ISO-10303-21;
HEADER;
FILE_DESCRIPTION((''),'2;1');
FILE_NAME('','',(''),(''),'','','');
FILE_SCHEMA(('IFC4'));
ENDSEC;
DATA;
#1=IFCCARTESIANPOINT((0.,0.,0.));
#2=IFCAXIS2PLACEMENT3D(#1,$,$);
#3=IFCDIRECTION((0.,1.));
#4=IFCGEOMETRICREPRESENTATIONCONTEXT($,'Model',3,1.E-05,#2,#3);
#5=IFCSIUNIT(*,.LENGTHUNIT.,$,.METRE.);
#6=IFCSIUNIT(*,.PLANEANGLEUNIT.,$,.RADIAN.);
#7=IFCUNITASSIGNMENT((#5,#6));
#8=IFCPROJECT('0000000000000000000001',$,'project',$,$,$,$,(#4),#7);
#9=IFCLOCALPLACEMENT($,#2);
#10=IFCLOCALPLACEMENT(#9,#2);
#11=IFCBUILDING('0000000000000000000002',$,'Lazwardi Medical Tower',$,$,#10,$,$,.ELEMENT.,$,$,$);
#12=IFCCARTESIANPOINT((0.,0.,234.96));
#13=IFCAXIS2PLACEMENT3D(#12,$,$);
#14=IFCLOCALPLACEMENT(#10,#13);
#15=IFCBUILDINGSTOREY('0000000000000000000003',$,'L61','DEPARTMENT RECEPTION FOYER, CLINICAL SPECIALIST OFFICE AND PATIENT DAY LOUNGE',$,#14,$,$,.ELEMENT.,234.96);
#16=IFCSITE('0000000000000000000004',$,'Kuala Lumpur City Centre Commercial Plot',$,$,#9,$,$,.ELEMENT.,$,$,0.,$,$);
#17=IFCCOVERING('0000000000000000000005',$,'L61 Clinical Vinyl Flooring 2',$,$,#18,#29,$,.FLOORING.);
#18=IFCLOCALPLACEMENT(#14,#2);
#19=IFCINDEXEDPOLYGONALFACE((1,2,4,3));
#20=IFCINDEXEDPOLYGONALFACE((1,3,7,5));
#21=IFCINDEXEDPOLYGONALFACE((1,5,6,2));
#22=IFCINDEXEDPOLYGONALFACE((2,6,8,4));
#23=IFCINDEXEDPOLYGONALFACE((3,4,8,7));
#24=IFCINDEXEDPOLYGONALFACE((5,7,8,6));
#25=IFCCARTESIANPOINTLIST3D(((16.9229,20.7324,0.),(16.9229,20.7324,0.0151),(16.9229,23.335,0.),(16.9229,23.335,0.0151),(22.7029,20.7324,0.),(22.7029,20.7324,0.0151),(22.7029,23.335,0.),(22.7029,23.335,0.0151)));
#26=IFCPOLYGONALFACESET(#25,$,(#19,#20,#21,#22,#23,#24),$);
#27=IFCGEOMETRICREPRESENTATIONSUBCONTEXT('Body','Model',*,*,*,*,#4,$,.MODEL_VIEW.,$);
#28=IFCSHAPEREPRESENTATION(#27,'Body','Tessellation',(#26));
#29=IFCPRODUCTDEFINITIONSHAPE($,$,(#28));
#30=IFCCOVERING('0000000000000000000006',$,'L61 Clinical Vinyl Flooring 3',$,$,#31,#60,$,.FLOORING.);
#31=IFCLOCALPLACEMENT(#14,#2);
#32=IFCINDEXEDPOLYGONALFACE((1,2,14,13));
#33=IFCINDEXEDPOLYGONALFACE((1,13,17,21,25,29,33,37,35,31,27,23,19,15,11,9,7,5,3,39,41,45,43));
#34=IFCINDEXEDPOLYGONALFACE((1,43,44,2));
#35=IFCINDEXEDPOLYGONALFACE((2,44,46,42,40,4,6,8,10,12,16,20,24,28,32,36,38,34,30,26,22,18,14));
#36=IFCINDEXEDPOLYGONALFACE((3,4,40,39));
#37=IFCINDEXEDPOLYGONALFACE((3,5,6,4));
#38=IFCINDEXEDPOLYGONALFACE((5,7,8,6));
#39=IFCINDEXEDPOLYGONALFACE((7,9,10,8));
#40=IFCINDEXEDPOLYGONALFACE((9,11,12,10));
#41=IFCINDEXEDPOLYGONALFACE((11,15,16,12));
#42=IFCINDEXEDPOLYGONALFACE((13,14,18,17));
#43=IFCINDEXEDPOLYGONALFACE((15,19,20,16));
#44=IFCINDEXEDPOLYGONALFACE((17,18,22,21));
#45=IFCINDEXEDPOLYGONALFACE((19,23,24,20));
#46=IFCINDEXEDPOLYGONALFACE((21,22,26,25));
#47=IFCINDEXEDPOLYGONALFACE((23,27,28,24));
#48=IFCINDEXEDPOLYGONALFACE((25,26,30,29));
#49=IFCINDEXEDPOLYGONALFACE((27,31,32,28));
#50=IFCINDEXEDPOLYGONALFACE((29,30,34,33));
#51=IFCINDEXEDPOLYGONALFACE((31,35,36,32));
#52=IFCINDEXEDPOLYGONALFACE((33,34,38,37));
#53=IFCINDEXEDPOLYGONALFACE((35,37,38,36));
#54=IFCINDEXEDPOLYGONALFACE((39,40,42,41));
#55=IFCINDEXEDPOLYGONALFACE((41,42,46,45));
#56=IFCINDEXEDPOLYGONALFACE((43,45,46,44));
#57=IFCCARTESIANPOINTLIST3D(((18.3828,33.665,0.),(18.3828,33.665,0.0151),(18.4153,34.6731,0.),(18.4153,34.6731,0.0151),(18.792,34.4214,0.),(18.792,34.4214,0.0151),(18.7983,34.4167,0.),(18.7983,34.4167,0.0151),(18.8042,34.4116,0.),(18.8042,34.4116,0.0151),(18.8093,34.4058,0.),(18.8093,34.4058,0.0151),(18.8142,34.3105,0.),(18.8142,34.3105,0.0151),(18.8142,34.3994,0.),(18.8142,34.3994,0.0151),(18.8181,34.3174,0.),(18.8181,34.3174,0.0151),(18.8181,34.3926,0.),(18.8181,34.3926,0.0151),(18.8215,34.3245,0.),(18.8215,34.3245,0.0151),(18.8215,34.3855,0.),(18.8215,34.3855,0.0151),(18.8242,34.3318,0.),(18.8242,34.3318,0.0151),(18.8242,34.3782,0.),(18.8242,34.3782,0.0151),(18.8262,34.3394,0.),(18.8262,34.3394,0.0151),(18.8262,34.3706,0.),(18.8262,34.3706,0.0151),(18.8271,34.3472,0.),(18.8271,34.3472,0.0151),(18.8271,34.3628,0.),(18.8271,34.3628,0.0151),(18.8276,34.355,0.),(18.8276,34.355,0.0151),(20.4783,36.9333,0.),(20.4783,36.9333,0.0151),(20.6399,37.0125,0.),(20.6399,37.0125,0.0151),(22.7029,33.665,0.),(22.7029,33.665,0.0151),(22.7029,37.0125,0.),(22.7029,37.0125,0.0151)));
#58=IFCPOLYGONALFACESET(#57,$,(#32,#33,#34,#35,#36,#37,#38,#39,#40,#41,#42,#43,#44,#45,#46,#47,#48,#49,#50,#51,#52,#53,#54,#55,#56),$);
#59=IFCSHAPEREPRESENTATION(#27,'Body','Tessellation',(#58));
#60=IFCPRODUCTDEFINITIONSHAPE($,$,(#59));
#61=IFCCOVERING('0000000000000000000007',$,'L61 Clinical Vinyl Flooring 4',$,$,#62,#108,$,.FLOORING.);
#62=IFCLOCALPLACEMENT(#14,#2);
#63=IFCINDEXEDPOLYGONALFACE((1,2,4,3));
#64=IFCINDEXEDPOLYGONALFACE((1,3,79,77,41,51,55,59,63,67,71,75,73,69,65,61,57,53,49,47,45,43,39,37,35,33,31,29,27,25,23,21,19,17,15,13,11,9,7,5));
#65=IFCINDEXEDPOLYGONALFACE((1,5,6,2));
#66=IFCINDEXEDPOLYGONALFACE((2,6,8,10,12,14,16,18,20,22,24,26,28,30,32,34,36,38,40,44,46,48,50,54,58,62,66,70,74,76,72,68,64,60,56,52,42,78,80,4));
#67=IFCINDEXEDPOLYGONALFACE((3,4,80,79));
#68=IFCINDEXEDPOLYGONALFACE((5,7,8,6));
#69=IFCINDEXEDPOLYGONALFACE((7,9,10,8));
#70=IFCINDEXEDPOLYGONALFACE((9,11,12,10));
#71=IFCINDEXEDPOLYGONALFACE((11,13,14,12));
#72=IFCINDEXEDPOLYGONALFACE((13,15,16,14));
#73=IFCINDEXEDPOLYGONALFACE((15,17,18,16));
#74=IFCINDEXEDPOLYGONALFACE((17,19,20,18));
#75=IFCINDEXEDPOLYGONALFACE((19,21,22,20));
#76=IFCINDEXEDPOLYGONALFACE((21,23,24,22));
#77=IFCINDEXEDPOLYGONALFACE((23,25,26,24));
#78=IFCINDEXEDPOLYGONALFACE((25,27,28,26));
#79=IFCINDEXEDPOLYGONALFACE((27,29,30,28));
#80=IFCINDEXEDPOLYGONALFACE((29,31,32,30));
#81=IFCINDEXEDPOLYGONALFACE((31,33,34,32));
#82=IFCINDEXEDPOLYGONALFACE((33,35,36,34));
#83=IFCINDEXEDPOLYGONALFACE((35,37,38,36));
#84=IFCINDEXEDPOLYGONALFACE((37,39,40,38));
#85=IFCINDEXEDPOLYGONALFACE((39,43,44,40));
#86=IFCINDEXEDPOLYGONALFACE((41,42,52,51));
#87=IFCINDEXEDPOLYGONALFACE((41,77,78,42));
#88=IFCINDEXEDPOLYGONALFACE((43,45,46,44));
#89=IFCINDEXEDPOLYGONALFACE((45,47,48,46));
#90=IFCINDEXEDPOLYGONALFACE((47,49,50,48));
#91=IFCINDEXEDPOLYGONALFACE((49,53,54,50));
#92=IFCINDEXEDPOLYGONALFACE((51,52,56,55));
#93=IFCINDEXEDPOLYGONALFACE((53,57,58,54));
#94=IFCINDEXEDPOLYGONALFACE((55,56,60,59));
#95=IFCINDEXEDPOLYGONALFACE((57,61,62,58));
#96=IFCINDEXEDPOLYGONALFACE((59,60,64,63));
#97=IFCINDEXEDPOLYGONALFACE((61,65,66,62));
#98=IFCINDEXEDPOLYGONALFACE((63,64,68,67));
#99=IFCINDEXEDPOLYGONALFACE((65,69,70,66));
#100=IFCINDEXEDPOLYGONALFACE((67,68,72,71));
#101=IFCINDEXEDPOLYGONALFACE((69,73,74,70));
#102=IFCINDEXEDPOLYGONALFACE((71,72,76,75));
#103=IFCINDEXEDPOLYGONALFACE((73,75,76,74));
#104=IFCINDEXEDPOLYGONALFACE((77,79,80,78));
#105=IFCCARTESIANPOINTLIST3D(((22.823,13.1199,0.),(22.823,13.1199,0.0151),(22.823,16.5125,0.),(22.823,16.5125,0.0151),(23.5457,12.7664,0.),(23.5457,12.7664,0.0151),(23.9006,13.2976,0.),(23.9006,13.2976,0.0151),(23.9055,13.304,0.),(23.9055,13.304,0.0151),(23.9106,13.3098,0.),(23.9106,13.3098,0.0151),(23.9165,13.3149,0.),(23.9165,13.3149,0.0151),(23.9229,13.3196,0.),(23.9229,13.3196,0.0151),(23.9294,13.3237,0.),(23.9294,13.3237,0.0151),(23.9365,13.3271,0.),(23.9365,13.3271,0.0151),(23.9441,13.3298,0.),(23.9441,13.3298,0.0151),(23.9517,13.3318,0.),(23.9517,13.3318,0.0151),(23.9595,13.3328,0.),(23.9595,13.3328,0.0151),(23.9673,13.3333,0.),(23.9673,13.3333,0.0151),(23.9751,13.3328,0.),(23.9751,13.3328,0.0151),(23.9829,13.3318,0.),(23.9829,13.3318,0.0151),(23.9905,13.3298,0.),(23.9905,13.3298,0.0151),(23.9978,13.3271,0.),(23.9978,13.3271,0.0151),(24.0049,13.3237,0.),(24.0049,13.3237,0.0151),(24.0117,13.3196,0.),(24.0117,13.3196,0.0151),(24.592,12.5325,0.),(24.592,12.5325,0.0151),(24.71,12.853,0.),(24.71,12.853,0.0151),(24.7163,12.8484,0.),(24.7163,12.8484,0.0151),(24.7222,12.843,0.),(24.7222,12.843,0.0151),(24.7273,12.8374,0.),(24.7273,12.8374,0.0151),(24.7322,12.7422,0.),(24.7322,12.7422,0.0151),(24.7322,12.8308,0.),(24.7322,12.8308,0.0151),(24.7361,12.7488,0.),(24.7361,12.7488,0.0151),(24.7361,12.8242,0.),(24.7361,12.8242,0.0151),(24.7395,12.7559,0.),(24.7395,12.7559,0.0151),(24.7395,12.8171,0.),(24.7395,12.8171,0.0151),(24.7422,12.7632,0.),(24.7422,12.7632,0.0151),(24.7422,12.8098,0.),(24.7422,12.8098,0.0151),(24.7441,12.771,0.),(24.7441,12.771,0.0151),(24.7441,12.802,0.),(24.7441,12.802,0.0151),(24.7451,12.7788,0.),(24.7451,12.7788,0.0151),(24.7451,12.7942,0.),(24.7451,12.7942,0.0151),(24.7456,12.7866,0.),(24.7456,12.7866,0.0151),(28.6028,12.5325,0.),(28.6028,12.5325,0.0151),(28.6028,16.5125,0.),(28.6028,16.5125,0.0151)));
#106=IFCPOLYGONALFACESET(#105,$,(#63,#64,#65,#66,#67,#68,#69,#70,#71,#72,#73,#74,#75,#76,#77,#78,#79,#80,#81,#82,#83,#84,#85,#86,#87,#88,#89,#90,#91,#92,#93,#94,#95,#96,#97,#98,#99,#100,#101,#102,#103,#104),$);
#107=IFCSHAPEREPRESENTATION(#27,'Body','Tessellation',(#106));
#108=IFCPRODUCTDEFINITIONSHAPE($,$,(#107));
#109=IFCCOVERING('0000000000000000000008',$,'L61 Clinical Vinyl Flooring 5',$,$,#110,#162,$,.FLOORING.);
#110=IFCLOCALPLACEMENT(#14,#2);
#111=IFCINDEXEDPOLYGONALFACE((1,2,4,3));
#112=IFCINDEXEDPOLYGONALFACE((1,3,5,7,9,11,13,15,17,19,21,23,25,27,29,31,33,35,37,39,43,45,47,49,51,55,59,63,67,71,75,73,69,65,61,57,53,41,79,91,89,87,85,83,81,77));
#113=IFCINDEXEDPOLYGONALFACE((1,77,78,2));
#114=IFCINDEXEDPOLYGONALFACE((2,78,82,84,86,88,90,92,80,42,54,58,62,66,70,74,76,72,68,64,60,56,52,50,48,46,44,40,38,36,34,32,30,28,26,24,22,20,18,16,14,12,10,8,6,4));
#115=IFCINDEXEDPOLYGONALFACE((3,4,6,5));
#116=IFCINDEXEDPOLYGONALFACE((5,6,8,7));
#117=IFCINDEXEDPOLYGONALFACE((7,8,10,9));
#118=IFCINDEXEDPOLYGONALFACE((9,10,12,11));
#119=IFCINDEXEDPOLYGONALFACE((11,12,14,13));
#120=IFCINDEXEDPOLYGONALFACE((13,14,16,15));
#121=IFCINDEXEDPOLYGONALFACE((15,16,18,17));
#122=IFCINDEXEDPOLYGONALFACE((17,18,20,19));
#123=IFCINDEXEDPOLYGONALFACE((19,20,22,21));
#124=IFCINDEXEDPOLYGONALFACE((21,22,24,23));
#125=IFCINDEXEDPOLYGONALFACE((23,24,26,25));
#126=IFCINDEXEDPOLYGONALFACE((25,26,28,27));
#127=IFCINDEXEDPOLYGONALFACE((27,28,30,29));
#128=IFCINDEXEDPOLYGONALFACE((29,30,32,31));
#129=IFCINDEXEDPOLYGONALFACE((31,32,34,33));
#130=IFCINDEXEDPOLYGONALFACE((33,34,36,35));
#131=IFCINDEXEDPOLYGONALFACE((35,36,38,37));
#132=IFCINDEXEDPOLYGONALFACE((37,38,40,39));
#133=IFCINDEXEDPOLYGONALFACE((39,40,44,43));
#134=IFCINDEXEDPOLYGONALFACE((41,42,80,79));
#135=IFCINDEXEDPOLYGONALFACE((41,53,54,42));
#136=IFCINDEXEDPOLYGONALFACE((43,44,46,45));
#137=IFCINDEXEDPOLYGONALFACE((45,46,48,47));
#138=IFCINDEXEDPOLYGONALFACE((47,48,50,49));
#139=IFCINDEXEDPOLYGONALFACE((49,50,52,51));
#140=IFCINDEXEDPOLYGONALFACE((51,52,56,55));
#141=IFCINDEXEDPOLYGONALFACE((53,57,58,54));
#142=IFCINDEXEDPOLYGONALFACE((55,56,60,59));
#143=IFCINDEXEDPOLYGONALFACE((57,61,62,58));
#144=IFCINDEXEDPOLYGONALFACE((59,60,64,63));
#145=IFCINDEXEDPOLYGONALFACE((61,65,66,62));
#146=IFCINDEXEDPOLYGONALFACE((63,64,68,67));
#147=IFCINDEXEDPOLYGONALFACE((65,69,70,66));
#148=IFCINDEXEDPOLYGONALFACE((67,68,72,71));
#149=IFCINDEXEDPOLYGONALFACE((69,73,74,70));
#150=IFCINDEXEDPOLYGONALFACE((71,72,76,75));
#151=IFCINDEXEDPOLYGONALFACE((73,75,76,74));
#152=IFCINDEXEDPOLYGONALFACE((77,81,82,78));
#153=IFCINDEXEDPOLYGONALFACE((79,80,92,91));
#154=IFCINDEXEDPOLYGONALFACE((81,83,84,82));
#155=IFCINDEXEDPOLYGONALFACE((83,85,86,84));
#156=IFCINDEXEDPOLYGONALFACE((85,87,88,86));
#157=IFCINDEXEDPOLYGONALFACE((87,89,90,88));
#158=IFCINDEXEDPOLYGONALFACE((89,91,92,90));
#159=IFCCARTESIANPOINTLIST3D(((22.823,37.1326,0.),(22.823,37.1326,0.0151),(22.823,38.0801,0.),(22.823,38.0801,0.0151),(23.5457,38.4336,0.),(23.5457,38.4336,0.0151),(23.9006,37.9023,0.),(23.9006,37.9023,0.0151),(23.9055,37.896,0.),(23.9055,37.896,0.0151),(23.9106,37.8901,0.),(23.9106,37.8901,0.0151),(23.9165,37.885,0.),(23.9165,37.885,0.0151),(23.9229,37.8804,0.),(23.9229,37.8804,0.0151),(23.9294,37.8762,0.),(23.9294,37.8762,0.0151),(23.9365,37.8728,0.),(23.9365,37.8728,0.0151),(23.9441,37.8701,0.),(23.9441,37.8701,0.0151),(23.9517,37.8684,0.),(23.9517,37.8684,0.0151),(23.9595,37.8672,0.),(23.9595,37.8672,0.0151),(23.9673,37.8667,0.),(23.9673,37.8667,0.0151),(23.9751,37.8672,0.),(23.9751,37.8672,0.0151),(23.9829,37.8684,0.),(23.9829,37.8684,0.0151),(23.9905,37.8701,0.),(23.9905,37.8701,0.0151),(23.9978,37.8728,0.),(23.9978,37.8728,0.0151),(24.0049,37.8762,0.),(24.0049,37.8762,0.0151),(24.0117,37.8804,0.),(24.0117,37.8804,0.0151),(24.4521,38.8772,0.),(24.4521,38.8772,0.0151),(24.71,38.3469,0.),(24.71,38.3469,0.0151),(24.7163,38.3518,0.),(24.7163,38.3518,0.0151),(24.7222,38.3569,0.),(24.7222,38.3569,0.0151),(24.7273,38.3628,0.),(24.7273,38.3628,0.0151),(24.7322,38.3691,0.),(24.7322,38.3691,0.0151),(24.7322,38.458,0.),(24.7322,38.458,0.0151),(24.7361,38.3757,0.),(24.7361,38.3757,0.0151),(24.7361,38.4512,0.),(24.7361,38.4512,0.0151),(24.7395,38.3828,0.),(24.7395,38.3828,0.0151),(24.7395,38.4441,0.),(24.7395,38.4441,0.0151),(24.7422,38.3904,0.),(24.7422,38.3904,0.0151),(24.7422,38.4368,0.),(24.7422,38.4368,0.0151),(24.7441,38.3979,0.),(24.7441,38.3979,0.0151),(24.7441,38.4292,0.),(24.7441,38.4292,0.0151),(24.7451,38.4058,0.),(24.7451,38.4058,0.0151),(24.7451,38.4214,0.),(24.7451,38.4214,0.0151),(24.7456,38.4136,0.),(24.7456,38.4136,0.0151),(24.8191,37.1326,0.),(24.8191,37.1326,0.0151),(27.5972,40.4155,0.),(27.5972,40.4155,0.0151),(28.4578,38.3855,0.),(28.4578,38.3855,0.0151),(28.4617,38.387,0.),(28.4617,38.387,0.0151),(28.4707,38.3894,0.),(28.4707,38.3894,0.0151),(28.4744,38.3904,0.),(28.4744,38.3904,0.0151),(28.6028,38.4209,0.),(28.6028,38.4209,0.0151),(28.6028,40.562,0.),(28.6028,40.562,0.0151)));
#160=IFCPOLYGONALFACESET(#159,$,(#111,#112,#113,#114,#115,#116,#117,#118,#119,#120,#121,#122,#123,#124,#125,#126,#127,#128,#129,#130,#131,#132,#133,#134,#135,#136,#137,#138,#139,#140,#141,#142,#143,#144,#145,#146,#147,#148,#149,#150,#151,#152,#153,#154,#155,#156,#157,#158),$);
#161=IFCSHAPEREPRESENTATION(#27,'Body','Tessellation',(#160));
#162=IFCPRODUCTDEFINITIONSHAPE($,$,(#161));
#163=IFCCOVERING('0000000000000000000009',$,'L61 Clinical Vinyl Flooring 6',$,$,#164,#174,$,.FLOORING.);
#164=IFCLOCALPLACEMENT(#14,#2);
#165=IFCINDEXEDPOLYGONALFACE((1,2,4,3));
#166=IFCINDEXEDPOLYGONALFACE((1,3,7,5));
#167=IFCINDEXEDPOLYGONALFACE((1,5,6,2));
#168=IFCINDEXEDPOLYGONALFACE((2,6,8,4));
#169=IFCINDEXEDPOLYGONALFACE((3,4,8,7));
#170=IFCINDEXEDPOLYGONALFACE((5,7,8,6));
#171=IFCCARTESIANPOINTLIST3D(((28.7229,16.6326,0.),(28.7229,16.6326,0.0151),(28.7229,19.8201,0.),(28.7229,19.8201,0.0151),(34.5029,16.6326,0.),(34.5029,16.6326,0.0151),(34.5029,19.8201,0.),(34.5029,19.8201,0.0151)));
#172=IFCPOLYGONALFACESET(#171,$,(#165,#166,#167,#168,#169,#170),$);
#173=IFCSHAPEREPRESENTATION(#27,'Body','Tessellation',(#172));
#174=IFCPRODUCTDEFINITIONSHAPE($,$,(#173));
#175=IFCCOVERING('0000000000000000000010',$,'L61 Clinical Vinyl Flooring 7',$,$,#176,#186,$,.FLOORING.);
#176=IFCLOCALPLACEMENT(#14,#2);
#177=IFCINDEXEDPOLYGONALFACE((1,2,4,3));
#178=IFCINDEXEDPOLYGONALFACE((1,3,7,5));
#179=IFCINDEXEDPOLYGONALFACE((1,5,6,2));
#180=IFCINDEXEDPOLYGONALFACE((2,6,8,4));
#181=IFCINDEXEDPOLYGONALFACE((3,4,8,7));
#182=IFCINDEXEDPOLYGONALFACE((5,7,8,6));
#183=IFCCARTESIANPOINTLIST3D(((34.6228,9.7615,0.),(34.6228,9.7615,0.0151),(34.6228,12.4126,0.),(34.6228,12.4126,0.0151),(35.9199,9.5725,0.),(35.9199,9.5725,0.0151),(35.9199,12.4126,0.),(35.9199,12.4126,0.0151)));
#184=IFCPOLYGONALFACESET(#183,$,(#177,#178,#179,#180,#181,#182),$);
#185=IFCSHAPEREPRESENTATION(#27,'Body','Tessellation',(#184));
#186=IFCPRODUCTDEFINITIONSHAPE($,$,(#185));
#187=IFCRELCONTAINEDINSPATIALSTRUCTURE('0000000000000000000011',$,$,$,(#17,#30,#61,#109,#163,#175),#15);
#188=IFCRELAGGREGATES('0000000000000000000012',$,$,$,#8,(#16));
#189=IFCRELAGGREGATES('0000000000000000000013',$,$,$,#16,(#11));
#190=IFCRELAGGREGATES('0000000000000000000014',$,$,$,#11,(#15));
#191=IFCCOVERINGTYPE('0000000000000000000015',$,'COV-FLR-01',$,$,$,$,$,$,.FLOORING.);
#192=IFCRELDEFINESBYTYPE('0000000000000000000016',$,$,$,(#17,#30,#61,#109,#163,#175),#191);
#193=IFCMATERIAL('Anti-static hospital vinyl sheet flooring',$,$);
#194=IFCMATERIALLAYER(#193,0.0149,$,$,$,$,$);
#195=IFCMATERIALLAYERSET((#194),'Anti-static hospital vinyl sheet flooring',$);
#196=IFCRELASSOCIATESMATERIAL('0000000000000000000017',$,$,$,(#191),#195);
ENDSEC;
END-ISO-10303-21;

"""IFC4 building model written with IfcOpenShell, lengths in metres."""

from ifc_helpers import new_model, si_unit, direction, frame, origin, place, context, subcontext, project, spatial, polyline, outline, extrude, material, layer, layer_set, type_object, element, save


model = new_model("IFC4")

# Units and contexts
model_context = context("Model", 3, precision=1e-05, world=origin(), true_north=direction((0.0, 1.0)))
body_context = subcontext(model_context, "Body", "Model", "MODEL_VIEW")
ifc_project = project(units=[si_unit("LENGTHUNIT", "METRE"), si_unit("PLANEANGLEUNIT", "RADIAN")], contexts=[model_context])

# Site, building, storey
site_placement = place(None, origin())
site = spatial("IfcSite", under=ifc_project, at=site_placement, Name="Kuala Lumpur City Centre Commercial Plot", CompositionType="ELEMENT", RefElevation=0.0)
building_placement = place(site_placement, origin())
building = spatial("IfcBuilding", under=site, at=building_placement, Name="Lazwardi Medical Tower", CompositionType="ELEMENT")
storey_placement = place(building_placement, frame((0.0, 0.0, 234.96)))
storey = spatial("IfcBuildingStorey", under=building, at=storey_placement, Name="L61", Description="DEPARTMENT RECEPTION FOYER, CLINICAL SPECIALIST OFFICE AND PATIENT DAY LOUNGE", CompositionType="ELEMENT", Elevation=234.96)

# Coverings
ifc_material_1 = material(Name="Anti-static hospital vinyl sheet flooring")
ifc_layer_1 = layer(ifc_material_1, 0.0149)
ifc_layer_set_1 = layer_set([ifc_layer_1], Name="Anti-static hospital vinyl sheet flooring")
covering_type_1 = type_object("IfcCoveringType", Name="COV-FLR-01", PredefinedType="FLOORING", material=ifc_layer_set_1)
covering_1_placement = place(storey_placement, origin())
element("IfcCovering", 1, at=covering_1_placement, inside=storey, type_object=covering_type_1, Name="L61 Clinical Vinyl Flooring 2", PredefinedType="FLOORING", context=body_context, shape_type="SweptSolid", body=[
    extrude(outline(polyline([(22.7029, 23.335), (16.9229, 23.335), (16.9229, 20.7324), (22.7029, 20.7324), (22.7029, 23.335)])), origin(), (0.0, 0.0, 1.0), 0.0151),
])
covering_2_placement = place(storey_placement, origin())
element("IfcCovering", 2, at=covering_2_placement, inside=storey, type_object=covering_type_1, Name="L61 Clinical Vinyl Flooring 3", PredefinedType="FLOORING", context=body_context, shape_type="SweptSolid", body=[
    extrude(outline(polyline([(20.6399, 37.0125), (20.4783, 36.9333), (18.4153, 34.6731), (18.792, 34.4214), (18.7983, 34.4167), (18.8042, 34.4116), (18.8093, 34.4058), (18.8142, 34.3994), (18.8181, 34.3926), (18.8215, 34.3855), (18.8242, 34.3782), (18.8262, 34.3706), (18.8271, 34.3628), (18.8276, 34.355), (18.8271, 34.3472), (18.8262, 34.3394), (18.8242, 34.3318), (18.8215, 34.3245), (18.8181, 34.3174), (18.8142, 34.3105), (18.3828, 33.665), (22.7029, 33.665), (22.7029, 37.0125), (20.6399, 37.0125)])), origin(), (0.0, 0.0, 1.0), 0.0151),
])
covering_3_placement = place(storey_placement, origin())
element("IfcCovering", 3, at=covering_3_placement, inside=storey, type_object=covering_type_1, Name="L61 Clinical Vinyl Flooring 4", PredefinedType="FLOORING", context=body_context, shape_type="SweptSolid", body=[
    extrude(outline(polyline([(22.823, 13.1199), (23.5457, 12.7664), (23.9006, 13.2976), (23.9055, 13.304), (23.9106, 13.3098), (23.9165, 13.3149), (23.9229, 13.3196), (23.9294, 13.3237), (23.9365, 13.3271), (23.9441, 13.3298), (23.9517, 13.3318), (23.9595, 13.3328), (23.9673, 13.3333), (23.9751, 13.3328), (23.9829, 13.3318), (23.9905, 13.3298), (23.9978, 13.3271), (24.0049, 13.3237), (24.0117, 13.3196), (24.71, 12.853), (24.7163, 12.8484), (24.7222, 12.843), (24.7273, 12.8374), (24.7322, 12.8308), (24.7361, 12.8242), (24.7395, 12.8171), (24.7422, 12.8098), (24.7441, 12.802), (24.7451, 12.7942), (24.7456, 12.7866), (24.7451, 12.7788), (24.7441, 12.771), (24.7422, 12.7632), (24.7395, 12.7559), (24.7361, 12.7488), (24.7322, 12.7422), (24.592, 12.5325), (28.6028, 12.5325), (28.6028, 16.5125), (22.823, 16.5125), (22.823, 13.1199)])), origin(), (0.0, 0.0, 1.0), 0.0151),
])
covering_4_placement = place(storey_placement, origin())
element("IfcCovering", 4, at=covering_4_placement, inside=storey, type_object=covering_type_1, Name="L61 Clinical Vinyl Flooring 5", PredefinedType="FLOORING", context=body_context, shape_type="SweptSolid", body=[
    extrude(outline(polyline([(28.6028, 40.562), (27.5972, 40.4155), (24.4521, 38.8772), (24.7322, 38.458), (24.7361, 38.4512), (24.7395, 38.4441), (24.7422, 38.4368), (24.7441, 38.4292), (24.7451, 38.4214), (24.7456, 38.4136), (24.7451, 38.4058), (24.7441, 38.3979), (24.7422, 38.3904), (24.7395, 38.3828), (24.7361, 38.3757), (24.7322, 38.3691), (24.7273, 38.3628), (24.7222, 38.3569), (24.7163, 38.3518), (24.71, 38.3469), (24.0117, 37.8804), (24.0049, 37.8762), (23.9978, 37.8728), (23.9905, 37.8701), (23.9829, 37.8684), (23.9751, 37.8672), (23.9673, 37.8667), (23.9595, 37.8672), (23.9517, 37.8684), (23.9441, 37.8701), (23.9365, 37.8728), (23.9294, 37.8762), (23.9229, 37.8804), (23.9165, 37.885), (23.9106, 37.8901), (23.9055, 37.896), (23.9006, 37.9023), (23.5457, 38.4336), (22.823, 38.0801), (22.823, 37.1326), (24.8191, 37.1326), (28.4578, 38.3855), (28.4617, 38.387), (28.4707, 38.3894), (28.4744, 38.3904), (28.6028, 38.4209), (28.6028, 40.562)])), origin(), (0.0, 0.0, 1.0), 0.0151),
])
covering_5_placement = place(storey_placement, origin())
element("IfcCovering", 5, at=covering_5_placement, inside=storey, type_object=covering_type_1, Name="L61 Clinical Vinyl Flooring 6", PredefinedType="FLOORING", context=body_context, shape_type="SweptSolid", body=[
    extrude(outline(polyline([(34.5029, 19.8201), (28.7229, 19.8201), (28.7229, 16.6326), (34.5029, 16.6326), (34.5029, 19.8201)])), origin(), (0.0, 0.0, 1.0), 0.0151),
])
covering_6_placement = place(storey_placement, origin())
element("IfcCovering", 6, at=covering_6_placement, inside=storey, type_object=covering_type_1, Name="L61 Clinical Vinyl Flooring 7", PredefinedType="FLOORING", context=body_context, shape_type="SweptSolid", body=[
    extrude(outline(polyline([(34.6228, 9.7615), (35.9199, 9.5725), (35.9199, 12.4126), (34.6228, 12.4126), (34.6228, 9.7615)])), origin(), (0.0, 0.0, 1.0), 0.0151),
])

save(model, "model.ifc")
